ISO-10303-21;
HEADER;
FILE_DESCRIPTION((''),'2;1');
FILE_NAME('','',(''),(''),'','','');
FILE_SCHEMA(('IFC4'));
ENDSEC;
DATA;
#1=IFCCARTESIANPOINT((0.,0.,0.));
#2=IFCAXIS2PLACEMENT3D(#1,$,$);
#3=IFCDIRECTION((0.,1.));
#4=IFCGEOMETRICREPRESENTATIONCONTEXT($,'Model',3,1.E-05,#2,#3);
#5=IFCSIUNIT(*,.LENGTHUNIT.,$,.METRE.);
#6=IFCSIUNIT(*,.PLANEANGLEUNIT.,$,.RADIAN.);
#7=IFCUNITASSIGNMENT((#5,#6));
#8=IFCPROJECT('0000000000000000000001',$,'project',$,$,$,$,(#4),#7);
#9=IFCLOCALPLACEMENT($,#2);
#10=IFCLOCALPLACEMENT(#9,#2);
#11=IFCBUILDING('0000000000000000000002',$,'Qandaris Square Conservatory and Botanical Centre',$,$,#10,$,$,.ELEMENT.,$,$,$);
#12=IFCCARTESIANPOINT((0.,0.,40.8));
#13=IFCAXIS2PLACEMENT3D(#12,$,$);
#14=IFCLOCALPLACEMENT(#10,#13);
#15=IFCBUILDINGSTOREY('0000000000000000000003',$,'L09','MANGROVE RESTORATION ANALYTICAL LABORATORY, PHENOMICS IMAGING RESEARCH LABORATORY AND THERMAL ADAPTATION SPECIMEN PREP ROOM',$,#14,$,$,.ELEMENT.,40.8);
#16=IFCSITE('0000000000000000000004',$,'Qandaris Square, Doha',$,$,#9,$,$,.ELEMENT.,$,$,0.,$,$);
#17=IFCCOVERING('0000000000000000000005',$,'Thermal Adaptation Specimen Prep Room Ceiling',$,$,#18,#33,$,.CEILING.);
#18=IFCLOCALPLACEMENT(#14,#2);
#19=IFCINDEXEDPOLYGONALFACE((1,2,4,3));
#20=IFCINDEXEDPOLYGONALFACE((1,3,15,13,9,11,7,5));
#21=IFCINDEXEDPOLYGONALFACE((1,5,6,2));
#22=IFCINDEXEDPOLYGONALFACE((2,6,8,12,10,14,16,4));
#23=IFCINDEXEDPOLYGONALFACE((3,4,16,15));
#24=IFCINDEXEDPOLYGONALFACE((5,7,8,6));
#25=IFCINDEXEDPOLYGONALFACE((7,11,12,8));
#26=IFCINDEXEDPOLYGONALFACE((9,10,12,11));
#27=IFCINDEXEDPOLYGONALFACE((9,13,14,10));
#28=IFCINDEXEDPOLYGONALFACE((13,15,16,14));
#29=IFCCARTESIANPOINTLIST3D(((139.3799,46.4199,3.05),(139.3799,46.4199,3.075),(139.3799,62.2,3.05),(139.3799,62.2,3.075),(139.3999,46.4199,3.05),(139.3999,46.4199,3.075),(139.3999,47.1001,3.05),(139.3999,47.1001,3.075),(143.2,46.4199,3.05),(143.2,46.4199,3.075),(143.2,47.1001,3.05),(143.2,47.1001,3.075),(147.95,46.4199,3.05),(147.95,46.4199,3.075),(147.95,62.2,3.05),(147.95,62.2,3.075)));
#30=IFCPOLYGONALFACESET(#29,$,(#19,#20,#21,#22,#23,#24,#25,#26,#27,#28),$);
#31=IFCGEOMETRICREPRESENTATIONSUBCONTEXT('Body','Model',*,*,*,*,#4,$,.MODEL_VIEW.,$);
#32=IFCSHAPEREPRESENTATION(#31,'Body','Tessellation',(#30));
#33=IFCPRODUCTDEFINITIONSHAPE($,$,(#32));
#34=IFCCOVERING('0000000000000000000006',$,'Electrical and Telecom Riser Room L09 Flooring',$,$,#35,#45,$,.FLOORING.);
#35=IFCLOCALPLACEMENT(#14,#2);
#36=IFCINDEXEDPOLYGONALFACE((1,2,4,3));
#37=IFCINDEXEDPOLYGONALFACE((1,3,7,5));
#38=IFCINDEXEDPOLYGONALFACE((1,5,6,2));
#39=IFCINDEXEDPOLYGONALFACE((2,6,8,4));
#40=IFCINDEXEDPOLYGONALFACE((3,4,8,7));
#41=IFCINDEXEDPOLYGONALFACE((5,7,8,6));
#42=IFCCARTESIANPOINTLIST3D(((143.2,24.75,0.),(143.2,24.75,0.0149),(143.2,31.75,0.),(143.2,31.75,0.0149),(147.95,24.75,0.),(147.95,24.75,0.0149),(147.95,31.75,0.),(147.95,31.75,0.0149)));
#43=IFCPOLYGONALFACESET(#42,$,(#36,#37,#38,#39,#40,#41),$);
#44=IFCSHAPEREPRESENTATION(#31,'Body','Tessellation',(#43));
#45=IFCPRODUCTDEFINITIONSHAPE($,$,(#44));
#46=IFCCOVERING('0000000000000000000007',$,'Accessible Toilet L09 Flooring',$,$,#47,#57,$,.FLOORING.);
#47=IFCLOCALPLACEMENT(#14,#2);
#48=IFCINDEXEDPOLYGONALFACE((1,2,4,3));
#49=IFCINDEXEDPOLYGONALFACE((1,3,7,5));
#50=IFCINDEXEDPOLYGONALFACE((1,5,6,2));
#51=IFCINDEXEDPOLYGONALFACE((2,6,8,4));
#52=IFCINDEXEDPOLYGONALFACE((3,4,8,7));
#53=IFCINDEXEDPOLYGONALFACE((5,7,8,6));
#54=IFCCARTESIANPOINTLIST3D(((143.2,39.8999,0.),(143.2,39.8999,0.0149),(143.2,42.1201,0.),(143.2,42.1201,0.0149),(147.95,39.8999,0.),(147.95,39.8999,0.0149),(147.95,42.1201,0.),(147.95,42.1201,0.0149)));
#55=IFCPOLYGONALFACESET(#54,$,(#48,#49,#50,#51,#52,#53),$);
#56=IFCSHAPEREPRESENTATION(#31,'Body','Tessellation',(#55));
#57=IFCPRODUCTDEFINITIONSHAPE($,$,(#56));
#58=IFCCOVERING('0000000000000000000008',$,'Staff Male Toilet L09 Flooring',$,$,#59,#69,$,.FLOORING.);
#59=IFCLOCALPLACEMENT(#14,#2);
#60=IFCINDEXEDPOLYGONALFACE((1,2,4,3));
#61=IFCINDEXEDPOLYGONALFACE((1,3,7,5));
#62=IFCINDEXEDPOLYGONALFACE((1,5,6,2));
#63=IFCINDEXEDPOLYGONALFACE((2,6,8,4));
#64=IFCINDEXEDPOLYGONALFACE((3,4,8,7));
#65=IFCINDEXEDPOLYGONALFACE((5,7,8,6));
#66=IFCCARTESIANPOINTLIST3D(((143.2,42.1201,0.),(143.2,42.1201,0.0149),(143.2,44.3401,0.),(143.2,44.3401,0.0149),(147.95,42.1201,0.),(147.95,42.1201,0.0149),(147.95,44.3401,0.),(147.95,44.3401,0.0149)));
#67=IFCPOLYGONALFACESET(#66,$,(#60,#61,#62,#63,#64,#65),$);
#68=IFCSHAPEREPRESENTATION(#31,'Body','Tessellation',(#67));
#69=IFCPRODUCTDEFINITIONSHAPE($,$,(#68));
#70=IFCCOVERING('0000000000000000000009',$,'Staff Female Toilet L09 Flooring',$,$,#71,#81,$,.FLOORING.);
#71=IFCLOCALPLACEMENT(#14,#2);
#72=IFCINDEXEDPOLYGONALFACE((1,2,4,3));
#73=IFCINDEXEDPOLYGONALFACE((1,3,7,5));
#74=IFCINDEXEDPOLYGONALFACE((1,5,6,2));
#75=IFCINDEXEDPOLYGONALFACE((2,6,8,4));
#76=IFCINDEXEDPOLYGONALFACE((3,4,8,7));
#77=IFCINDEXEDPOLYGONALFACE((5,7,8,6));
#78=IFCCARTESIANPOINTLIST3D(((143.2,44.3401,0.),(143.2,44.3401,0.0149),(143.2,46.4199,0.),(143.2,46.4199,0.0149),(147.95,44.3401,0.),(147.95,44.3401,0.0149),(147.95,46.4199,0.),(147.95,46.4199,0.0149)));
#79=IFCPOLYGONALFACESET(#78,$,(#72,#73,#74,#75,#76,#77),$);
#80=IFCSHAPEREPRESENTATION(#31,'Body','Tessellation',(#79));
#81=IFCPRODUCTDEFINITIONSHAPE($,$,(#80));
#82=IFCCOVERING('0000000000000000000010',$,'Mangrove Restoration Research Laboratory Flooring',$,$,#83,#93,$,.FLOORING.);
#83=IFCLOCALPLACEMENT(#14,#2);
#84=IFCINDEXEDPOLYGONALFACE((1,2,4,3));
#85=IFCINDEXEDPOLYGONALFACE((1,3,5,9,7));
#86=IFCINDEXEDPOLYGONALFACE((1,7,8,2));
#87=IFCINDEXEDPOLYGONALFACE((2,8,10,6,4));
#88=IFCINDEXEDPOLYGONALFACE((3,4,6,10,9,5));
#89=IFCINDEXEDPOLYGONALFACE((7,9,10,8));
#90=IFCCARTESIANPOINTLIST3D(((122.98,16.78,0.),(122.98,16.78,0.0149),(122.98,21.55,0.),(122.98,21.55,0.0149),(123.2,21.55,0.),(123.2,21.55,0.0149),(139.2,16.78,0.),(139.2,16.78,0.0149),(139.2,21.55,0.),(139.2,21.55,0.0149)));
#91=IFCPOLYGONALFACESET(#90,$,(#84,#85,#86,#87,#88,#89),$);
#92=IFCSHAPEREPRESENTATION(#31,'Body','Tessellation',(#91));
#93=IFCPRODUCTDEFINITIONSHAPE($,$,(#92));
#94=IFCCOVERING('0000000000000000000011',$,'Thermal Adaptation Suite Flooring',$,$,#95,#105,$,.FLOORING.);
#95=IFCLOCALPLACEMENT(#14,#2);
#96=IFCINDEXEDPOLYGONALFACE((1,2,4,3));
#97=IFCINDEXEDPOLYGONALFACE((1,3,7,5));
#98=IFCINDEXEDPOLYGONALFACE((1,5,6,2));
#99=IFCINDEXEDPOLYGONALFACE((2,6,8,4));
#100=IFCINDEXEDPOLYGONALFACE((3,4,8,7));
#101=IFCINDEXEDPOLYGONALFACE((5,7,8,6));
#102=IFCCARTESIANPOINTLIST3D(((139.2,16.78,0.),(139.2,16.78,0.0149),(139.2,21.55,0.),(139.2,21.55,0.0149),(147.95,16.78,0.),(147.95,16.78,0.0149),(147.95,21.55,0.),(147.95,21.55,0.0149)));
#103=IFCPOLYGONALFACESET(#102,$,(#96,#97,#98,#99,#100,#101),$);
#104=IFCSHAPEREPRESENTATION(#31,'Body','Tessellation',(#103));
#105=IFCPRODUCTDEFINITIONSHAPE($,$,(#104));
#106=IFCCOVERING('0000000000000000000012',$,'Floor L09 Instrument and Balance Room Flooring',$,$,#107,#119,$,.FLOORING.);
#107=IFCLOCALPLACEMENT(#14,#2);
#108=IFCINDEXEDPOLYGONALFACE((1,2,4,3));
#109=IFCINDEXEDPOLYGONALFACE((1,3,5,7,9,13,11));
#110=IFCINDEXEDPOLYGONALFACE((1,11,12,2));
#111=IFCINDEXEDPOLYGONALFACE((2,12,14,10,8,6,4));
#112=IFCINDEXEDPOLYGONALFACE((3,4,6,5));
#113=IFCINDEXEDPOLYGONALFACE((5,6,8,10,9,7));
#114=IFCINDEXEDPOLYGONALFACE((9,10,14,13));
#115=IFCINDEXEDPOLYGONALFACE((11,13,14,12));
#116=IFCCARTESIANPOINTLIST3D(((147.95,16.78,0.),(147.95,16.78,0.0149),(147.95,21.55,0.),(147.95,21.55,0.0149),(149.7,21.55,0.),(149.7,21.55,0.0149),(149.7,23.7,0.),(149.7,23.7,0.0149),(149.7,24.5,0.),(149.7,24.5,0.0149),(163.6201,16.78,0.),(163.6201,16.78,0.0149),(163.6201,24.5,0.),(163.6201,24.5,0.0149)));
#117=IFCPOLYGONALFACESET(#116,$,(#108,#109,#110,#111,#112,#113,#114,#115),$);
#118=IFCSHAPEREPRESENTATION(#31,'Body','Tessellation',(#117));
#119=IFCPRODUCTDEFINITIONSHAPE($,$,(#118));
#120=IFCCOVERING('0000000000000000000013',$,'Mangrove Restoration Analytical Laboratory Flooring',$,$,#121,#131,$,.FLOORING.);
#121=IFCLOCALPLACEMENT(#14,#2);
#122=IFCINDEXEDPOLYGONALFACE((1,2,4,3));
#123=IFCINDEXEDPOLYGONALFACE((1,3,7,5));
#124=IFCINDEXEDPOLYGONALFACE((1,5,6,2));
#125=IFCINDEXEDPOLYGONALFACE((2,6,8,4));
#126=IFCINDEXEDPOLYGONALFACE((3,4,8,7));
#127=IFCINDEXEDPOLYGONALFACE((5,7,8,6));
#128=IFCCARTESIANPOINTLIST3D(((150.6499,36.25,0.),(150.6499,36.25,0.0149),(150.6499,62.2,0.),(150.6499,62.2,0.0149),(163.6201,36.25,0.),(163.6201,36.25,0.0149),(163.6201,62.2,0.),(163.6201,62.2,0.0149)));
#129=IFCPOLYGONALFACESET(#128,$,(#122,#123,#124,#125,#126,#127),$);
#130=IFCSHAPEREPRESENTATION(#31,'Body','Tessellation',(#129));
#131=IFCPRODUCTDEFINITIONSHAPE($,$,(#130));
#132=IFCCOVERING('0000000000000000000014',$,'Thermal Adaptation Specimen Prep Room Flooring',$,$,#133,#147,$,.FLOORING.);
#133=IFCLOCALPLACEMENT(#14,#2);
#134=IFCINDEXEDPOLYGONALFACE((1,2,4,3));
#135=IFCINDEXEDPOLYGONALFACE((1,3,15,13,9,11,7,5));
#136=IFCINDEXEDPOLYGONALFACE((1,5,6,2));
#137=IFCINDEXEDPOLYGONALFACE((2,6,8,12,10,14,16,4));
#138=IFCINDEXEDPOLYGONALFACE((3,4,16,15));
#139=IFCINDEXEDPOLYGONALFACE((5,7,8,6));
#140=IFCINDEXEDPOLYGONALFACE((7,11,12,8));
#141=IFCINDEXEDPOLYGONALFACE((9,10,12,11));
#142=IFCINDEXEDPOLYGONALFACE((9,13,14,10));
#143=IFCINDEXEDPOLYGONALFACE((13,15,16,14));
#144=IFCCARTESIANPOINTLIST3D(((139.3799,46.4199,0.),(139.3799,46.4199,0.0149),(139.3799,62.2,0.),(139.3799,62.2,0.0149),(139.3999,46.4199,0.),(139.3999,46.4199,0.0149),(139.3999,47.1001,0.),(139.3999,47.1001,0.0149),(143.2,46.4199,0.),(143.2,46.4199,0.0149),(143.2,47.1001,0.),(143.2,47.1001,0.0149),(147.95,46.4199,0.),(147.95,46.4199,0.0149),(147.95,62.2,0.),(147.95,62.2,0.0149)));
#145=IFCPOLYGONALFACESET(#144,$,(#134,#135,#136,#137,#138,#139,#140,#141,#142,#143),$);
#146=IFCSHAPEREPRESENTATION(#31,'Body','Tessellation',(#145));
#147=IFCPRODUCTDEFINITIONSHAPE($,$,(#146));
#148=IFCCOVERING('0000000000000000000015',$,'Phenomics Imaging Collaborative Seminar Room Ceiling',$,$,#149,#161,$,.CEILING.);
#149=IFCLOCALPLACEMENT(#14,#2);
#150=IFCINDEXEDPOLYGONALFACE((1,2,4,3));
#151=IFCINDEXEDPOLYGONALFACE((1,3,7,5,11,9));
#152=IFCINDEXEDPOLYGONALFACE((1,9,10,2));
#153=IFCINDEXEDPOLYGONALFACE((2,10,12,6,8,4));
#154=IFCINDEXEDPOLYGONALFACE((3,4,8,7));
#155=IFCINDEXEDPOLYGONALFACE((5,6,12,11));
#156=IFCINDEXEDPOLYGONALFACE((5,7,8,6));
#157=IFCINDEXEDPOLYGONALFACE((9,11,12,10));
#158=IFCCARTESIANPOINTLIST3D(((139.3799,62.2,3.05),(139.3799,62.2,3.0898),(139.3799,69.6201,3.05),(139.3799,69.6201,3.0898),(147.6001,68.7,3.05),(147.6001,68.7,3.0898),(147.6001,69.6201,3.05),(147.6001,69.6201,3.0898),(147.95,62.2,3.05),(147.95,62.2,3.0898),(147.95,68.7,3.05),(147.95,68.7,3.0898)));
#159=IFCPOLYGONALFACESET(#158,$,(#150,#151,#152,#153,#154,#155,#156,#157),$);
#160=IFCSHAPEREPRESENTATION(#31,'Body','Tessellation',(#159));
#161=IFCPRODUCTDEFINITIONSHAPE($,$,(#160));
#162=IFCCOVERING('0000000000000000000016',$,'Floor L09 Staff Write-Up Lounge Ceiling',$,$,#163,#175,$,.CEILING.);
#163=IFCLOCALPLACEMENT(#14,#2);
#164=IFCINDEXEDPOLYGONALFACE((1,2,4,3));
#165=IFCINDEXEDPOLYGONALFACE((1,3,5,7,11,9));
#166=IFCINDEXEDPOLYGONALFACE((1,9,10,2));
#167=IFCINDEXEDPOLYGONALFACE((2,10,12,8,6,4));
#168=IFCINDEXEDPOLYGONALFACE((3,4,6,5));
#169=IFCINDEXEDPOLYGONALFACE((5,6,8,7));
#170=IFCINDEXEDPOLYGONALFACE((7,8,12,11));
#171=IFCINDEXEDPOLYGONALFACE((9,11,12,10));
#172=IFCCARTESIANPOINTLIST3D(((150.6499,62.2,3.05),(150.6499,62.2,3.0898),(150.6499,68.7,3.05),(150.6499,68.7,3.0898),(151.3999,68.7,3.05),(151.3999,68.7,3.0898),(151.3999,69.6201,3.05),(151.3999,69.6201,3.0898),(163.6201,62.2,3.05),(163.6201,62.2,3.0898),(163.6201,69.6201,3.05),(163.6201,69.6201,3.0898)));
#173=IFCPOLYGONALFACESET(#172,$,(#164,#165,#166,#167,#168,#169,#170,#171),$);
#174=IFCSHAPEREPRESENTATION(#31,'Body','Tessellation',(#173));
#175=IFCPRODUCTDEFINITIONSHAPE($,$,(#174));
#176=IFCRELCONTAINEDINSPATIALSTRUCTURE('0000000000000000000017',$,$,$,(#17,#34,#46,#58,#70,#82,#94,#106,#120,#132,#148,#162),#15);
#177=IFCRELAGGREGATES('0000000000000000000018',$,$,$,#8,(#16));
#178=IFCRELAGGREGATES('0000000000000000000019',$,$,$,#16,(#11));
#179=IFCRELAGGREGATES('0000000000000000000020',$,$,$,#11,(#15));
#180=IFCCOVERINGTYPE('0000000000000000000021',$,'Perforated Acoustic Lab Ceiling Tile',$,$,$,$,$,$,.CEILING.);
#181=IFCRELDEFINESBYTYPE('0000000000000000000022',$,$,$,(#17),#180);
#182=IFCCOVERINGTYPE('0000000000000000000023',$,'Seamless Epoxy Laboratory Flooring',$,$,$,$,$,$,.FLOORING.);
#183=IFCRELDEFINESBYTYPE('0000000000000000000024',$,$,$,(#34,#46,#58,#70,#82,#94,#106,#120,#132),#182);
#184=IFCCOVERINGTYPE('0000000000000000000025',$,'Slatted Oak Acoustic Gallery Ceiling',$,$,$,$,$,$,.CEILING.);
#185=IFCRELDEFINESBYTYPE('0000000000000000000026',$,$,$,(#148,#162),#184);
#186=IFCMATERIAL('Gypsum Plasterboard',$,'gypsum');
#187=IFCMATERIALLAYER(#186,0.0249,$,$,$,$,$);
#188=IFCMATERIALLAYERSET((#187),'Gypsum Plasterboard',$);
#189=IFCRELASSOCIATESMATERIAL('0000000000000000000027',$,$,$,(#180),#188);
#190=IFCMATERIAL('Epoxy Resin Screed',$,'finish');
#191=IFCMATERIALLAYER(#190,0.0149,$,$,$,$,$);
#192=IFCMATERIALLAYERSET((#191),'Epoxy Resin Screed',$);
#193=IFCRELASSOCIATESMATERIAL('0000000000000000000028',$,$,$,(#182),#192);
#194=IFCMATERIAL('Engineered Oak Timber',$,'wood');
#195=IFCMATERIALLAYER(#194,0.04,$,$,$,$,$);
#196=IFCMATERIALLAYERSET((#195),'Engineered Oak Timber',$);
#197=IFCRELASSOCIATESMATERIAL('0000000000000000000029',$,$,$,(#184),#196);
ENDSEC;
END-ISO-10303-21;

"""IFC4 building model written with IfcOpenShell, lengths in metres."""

from ifc_helpers import new_model, si_unit, direction, frame, origin, place, context, subcontext, project, spatial, polyline, outline, extrude, material, layer, layer_set, type_object, element, save


model = new_model("IFC4")

# Units and contexts
model_context = context("Model", 3, precision=1e-05, world=origin(), true_north=direction((0.0, 1.0)))
body_context = subcontext(model_context, "Body", "Model", "MODEL_VIEW")
ifc_project = project(units=[si_unit("LENGTHUNIT", "METRE"), si_unit("PLANEANGLEUNIT", "RADIAN")], contexts=[model_context])

# Site, building, storey
site_placement = place(None, origin())
site = spatial("IfcSite", under=ifc_project, at=site_placement, Name="Qandaris Square, Doha", CompositionType="ELEMENT", RefElevation=0.0)
building_placement = place(site_placement, origin())
building = spatial("IfcBuilding", under=site, at=building_placement, Name="Qandaris Square Conservatory and Botanical Centre", CompositionType="ELEMENT")
storey_placement = place(building_placement, frame((0.0, 0.0, 40.8)))
storey = spatial("IfcBuildingStorey", under=building, at=storey_placement, Name="L09", Description="MANGROVE RESTORATION ANALYTICAL LABORATORY, PHENOMICS IMAGING RESEARCH LABORATORY AND THERMAL ADAPTATION SPECIMEN PREP ROOM", CompositionType="ELEMENT", Elevation=40.8)

# Coverings
ifc_material_1 = material(Name="Gypsum Plasterboard", Category="gypsum")
ifc_layer_1 = layer(ifc_material_1, 0.0249)
ifc_layer_set_1 = layer_set([ifc_layer_1], Name="Gypsum Plasterboard")
covering_type_1 = type_object("IfcCoveringType", Name="Perforated Acoustic Lab Ceiling Tile", PredefinedType="CEILING", material=ifc_layer_set_1)
covering_1_placement = place(storey_placement, frame((0.0, 0.0, 3.05)))
element("IfcCovering", 1, at=covering_1_placement, inside=storey, type_object=covering_type_1, Name="Thermal Adaptation Specimen Prep Room Ceiling", PredefinedType="CEILING", context=body_context, shape_type="SweptSolid", body=[
    extrude(outline(polyline([(147.95, 46.4199), (143.2, 46.4199), (143.2, 47.1001), (139.3999, 47.1001), (139.3999, 46.4199), (139.3799, 46.4199), (139.3799, 62.2), (147.95, 62.2), (147.95, 46.4199)])), origin(), (0.0, 0.0, 1.0), 0.0249),
])
ifc_material_2 = material(Name="Epoxy Resin Screed", Category="finish")
ifc_layer_2 = layer(ifc_material_2, 0.0149)
ifc_layer_set_2 = layer_set([ifc_layer_2], Name="Epoxy Resin Screed")
covering_type_2 = type_object("IfcCoveringType", Name="Seamless Epoxy Laboratory Flooring", PredefinedType="FLOORING", material=ifc_layer_set_2)
covering_2_placement = place(storey_placement, origin())
element("IfcCovering", 2, at=covering_2_placement, inside=storey, type_object=covering_type_2, Name="Electrical and Telecom Riser Room L09 Flooring", PredefinedType="FLOORING", context=body_context, shape_type="SweptSolid", body=[
    extrude(outline(polyline([(147.95, 31.75), (147.95, 24.75), (143.2, 24.75), (143.2, 31.75), (147.95, 31.75)])), origin(), (0.0, 0.0, 1.0), 0.0149),
])
covering_3_placement = place(storey_placement, origin())
element("IfcCovering", 3, at=covering_3_placement, inside=storey, type_object=covering_type_2, Name="Accessible Toilet L09 Flooring", PredefinedType="FLOORING", context=body_context, shape_type="SweptSolid", body=[
    extrude(outline(polyline([(147.95, 42.1201), (147.95, 39.8999), (143.2, 39.8999), (143.2, 42.1201), (147.95, 42.1201)])), origin(), (0.0, 0.0, 1.0), 0.0149),
])
covering_4_placement = place(storey_placement, origin())
element("IfcCovering", 4, at=covering_4_placement, inside=storey, type_object=covering_type_2, Name="Staff Male Toilet L09 Flooring", PredefinedType="FLOORING", context=body_context, shape_type="SweptSolid", body=[
    extrude(outline(polyline([(147.95, 44.3401), (147.95, 42.1201), (143.2, 42.1201), (143.2, 44.3401), (147.95, 44.3401)])), origin(), (0.0, 0.0, 1.0), 0.0149),
])
covering_5_placement = place(storey_placement, origin())
element("IfcCovering", 5, at=covering_5_placement, inside=storey, type_object=covering_type_2, Name="Staff Female Toilet L09 Flooring", PredefinedType="FLOORING", context=body_context, shape_type="SweptSolid", body=[
    extrude(outline(polyline([(147.95, 46.4199), (147.95, 44.3401), (143.2, 44.3401), (143.2, 46.4199), (147.95, 46.4199)])), origin(), (0.0, 0.0, 1.0), 0.0149),
])
covering_6_placement = place(storey_placement, origin())
element("IfcCovering", 6, at=covering_6_placement, inside=storey, type_object=covering_type_2, Name="Mangrove Restoration Research Laboratory Flooring", PredefinedType="FLOORING", context=body_context, shape_type="SweptSolid", body=[
    extrude(outline(polyline([(123.2, 21.55), (139.2, 21.55), (139.2, 16.78), (122.98, 16.78), (122.98, 21.55), (123.2, 21.55)])), origin(), (0.0, 0.0, 1.0), 0.0149),
])
covering_7_placement = place(storey_placement, origin())
element("IfcCovering", 7, at=covering_7_placement, inside=storey, type_object=covering_type_2, Name="Thermal Adaptation Suite Flooring", PredefinedType="FLOORING", context=body_context, shape_type="SweptSolid", body=[
    extrude(outline(polyline([(147.95, 21.55), (147.95, 16.78), (139.2, 16.78), (139.2, 21.55), (147.95, 21.55)])), origin(), (0.0, 0.0, 1.0), 0.0149),
])
covering_8_placement = place(storey_placement, origin())
element("IfcCovering", 8, at=covering_8_placement, inside=storey, type_object=covering_type_2, Name="Floor L09 Instrument and Balance Room Flooring", PredefinedType="FLOORING", context=body_context, shape_type="SweptSolid", body=[
    extrude(outline(polyline([(147.95, 21.55), (149.7, 21.55), (149.7, 23.7), (149.7, 24.5), (163.6201, 24.5), (163.6201, 16.78), (147.95, 16.78), (147.95, 21.55)])), origin(), (0.0, 0.0, 1.0), 0.0149),
])
covering_9_placement = place(storey_placement, origin())
element("IfcCovering", 9, at=covering_9_placement, inside=storey, type_object=covering_type_2, Name="Mangrove Restoration Analytical Laboratory Flooring", PredefinedType="FLOORING", context=body_context, shape_type="SweptSolid", body=[
    extrude(outline(polyline([(150.6499, 62.2), (163.6201, 62.2), (163.6201, 36.25), (150.6499, 36.25), (150.6499, 62.2)])), origin(), (0.0, 0.0, 1.0), 0.0149),
])
covering_10_placement = place(storey_placement, origin())
element("IfcCovering", 10, at=covering_10_placement, inside=storey, type_object=covering_type_2, Name="Thermal Adaptation Specimen Prep Room Flooring", PredefinedType="FLOORING", context=body_context, shape_type="SweptSolid", body=[
    extrude(outline(polyline([(147.95, 46.4199), (143.2, 46.4199), (143.2, 47.1001), (139.3999, 47.1001), (139.3999, 46.4199), (139.3799, 46.4199), (139.3799, 62.2), (147.95, 62.2), (147.95, 46.4199)])), origin(), (0.0, 0.0, 1.0), 0.0149),
])
ifc_material_3 = material(Name="Engineered Oak Timber", Category="wood")
ifc_layer_3 = layer(ifc_material_3, 0.04)
ifc_layer_set_3 = layer_set([ifc_layer_3], Name="Engineered Oak Timber")
covering_type_3 = type_object("IfcCoveringType", Name="Slatted Oak Acoustic Gallery Ceiling", PredefinedType="CEILING", material=ifc_layer_set_3)
covering_11_placement = place(storey_placement, frame((0.0, 0.0, 3.05)))
element("IfcCovering", 11, at=covering_11_placement, inside=storey, type_object=covering_type_3, Name="Phenomics Imaging Collaborative Seminar Room Ceiling", PredefinedType="CEILING", context=body_context, shape_type="SweptSolid", body=[
    extrude(outline(polyline([(147.95, 62.2), (139.3799, 62.2), (139.3799, 69.6201), (147.6001, 69.6201), (147.6001, 68.7), (147.95, 68.7), (147.95, 62.2)])), origin(), (0.0, 0.0, 1.0), 0.0398),
])
covering_12_placement = place(storey_placement, frame((0.0, 0.0, 3.05)))
element("IfcCovering", 12, at=covering_12_placement, inside=storey, type_object=covering_type_3, Name="Floor L09 Staff Write-Up Lounge Ceiling", PredefinedType="CEILING", context=body_context, shape_type="SweptSolid", body=[
    extrude(outline(polyline([(150.6499, 62.2), (150.6499, 68.7), (151.3999, 68.7), (151.3999, 69.6201), (163.6201, 69.6201), (163.6201, 62.2), (150.6499, 62.2)])), origin(), (0.0, 0.0, 1.0), 0.0398),
])

save(model, "model.ifc")
